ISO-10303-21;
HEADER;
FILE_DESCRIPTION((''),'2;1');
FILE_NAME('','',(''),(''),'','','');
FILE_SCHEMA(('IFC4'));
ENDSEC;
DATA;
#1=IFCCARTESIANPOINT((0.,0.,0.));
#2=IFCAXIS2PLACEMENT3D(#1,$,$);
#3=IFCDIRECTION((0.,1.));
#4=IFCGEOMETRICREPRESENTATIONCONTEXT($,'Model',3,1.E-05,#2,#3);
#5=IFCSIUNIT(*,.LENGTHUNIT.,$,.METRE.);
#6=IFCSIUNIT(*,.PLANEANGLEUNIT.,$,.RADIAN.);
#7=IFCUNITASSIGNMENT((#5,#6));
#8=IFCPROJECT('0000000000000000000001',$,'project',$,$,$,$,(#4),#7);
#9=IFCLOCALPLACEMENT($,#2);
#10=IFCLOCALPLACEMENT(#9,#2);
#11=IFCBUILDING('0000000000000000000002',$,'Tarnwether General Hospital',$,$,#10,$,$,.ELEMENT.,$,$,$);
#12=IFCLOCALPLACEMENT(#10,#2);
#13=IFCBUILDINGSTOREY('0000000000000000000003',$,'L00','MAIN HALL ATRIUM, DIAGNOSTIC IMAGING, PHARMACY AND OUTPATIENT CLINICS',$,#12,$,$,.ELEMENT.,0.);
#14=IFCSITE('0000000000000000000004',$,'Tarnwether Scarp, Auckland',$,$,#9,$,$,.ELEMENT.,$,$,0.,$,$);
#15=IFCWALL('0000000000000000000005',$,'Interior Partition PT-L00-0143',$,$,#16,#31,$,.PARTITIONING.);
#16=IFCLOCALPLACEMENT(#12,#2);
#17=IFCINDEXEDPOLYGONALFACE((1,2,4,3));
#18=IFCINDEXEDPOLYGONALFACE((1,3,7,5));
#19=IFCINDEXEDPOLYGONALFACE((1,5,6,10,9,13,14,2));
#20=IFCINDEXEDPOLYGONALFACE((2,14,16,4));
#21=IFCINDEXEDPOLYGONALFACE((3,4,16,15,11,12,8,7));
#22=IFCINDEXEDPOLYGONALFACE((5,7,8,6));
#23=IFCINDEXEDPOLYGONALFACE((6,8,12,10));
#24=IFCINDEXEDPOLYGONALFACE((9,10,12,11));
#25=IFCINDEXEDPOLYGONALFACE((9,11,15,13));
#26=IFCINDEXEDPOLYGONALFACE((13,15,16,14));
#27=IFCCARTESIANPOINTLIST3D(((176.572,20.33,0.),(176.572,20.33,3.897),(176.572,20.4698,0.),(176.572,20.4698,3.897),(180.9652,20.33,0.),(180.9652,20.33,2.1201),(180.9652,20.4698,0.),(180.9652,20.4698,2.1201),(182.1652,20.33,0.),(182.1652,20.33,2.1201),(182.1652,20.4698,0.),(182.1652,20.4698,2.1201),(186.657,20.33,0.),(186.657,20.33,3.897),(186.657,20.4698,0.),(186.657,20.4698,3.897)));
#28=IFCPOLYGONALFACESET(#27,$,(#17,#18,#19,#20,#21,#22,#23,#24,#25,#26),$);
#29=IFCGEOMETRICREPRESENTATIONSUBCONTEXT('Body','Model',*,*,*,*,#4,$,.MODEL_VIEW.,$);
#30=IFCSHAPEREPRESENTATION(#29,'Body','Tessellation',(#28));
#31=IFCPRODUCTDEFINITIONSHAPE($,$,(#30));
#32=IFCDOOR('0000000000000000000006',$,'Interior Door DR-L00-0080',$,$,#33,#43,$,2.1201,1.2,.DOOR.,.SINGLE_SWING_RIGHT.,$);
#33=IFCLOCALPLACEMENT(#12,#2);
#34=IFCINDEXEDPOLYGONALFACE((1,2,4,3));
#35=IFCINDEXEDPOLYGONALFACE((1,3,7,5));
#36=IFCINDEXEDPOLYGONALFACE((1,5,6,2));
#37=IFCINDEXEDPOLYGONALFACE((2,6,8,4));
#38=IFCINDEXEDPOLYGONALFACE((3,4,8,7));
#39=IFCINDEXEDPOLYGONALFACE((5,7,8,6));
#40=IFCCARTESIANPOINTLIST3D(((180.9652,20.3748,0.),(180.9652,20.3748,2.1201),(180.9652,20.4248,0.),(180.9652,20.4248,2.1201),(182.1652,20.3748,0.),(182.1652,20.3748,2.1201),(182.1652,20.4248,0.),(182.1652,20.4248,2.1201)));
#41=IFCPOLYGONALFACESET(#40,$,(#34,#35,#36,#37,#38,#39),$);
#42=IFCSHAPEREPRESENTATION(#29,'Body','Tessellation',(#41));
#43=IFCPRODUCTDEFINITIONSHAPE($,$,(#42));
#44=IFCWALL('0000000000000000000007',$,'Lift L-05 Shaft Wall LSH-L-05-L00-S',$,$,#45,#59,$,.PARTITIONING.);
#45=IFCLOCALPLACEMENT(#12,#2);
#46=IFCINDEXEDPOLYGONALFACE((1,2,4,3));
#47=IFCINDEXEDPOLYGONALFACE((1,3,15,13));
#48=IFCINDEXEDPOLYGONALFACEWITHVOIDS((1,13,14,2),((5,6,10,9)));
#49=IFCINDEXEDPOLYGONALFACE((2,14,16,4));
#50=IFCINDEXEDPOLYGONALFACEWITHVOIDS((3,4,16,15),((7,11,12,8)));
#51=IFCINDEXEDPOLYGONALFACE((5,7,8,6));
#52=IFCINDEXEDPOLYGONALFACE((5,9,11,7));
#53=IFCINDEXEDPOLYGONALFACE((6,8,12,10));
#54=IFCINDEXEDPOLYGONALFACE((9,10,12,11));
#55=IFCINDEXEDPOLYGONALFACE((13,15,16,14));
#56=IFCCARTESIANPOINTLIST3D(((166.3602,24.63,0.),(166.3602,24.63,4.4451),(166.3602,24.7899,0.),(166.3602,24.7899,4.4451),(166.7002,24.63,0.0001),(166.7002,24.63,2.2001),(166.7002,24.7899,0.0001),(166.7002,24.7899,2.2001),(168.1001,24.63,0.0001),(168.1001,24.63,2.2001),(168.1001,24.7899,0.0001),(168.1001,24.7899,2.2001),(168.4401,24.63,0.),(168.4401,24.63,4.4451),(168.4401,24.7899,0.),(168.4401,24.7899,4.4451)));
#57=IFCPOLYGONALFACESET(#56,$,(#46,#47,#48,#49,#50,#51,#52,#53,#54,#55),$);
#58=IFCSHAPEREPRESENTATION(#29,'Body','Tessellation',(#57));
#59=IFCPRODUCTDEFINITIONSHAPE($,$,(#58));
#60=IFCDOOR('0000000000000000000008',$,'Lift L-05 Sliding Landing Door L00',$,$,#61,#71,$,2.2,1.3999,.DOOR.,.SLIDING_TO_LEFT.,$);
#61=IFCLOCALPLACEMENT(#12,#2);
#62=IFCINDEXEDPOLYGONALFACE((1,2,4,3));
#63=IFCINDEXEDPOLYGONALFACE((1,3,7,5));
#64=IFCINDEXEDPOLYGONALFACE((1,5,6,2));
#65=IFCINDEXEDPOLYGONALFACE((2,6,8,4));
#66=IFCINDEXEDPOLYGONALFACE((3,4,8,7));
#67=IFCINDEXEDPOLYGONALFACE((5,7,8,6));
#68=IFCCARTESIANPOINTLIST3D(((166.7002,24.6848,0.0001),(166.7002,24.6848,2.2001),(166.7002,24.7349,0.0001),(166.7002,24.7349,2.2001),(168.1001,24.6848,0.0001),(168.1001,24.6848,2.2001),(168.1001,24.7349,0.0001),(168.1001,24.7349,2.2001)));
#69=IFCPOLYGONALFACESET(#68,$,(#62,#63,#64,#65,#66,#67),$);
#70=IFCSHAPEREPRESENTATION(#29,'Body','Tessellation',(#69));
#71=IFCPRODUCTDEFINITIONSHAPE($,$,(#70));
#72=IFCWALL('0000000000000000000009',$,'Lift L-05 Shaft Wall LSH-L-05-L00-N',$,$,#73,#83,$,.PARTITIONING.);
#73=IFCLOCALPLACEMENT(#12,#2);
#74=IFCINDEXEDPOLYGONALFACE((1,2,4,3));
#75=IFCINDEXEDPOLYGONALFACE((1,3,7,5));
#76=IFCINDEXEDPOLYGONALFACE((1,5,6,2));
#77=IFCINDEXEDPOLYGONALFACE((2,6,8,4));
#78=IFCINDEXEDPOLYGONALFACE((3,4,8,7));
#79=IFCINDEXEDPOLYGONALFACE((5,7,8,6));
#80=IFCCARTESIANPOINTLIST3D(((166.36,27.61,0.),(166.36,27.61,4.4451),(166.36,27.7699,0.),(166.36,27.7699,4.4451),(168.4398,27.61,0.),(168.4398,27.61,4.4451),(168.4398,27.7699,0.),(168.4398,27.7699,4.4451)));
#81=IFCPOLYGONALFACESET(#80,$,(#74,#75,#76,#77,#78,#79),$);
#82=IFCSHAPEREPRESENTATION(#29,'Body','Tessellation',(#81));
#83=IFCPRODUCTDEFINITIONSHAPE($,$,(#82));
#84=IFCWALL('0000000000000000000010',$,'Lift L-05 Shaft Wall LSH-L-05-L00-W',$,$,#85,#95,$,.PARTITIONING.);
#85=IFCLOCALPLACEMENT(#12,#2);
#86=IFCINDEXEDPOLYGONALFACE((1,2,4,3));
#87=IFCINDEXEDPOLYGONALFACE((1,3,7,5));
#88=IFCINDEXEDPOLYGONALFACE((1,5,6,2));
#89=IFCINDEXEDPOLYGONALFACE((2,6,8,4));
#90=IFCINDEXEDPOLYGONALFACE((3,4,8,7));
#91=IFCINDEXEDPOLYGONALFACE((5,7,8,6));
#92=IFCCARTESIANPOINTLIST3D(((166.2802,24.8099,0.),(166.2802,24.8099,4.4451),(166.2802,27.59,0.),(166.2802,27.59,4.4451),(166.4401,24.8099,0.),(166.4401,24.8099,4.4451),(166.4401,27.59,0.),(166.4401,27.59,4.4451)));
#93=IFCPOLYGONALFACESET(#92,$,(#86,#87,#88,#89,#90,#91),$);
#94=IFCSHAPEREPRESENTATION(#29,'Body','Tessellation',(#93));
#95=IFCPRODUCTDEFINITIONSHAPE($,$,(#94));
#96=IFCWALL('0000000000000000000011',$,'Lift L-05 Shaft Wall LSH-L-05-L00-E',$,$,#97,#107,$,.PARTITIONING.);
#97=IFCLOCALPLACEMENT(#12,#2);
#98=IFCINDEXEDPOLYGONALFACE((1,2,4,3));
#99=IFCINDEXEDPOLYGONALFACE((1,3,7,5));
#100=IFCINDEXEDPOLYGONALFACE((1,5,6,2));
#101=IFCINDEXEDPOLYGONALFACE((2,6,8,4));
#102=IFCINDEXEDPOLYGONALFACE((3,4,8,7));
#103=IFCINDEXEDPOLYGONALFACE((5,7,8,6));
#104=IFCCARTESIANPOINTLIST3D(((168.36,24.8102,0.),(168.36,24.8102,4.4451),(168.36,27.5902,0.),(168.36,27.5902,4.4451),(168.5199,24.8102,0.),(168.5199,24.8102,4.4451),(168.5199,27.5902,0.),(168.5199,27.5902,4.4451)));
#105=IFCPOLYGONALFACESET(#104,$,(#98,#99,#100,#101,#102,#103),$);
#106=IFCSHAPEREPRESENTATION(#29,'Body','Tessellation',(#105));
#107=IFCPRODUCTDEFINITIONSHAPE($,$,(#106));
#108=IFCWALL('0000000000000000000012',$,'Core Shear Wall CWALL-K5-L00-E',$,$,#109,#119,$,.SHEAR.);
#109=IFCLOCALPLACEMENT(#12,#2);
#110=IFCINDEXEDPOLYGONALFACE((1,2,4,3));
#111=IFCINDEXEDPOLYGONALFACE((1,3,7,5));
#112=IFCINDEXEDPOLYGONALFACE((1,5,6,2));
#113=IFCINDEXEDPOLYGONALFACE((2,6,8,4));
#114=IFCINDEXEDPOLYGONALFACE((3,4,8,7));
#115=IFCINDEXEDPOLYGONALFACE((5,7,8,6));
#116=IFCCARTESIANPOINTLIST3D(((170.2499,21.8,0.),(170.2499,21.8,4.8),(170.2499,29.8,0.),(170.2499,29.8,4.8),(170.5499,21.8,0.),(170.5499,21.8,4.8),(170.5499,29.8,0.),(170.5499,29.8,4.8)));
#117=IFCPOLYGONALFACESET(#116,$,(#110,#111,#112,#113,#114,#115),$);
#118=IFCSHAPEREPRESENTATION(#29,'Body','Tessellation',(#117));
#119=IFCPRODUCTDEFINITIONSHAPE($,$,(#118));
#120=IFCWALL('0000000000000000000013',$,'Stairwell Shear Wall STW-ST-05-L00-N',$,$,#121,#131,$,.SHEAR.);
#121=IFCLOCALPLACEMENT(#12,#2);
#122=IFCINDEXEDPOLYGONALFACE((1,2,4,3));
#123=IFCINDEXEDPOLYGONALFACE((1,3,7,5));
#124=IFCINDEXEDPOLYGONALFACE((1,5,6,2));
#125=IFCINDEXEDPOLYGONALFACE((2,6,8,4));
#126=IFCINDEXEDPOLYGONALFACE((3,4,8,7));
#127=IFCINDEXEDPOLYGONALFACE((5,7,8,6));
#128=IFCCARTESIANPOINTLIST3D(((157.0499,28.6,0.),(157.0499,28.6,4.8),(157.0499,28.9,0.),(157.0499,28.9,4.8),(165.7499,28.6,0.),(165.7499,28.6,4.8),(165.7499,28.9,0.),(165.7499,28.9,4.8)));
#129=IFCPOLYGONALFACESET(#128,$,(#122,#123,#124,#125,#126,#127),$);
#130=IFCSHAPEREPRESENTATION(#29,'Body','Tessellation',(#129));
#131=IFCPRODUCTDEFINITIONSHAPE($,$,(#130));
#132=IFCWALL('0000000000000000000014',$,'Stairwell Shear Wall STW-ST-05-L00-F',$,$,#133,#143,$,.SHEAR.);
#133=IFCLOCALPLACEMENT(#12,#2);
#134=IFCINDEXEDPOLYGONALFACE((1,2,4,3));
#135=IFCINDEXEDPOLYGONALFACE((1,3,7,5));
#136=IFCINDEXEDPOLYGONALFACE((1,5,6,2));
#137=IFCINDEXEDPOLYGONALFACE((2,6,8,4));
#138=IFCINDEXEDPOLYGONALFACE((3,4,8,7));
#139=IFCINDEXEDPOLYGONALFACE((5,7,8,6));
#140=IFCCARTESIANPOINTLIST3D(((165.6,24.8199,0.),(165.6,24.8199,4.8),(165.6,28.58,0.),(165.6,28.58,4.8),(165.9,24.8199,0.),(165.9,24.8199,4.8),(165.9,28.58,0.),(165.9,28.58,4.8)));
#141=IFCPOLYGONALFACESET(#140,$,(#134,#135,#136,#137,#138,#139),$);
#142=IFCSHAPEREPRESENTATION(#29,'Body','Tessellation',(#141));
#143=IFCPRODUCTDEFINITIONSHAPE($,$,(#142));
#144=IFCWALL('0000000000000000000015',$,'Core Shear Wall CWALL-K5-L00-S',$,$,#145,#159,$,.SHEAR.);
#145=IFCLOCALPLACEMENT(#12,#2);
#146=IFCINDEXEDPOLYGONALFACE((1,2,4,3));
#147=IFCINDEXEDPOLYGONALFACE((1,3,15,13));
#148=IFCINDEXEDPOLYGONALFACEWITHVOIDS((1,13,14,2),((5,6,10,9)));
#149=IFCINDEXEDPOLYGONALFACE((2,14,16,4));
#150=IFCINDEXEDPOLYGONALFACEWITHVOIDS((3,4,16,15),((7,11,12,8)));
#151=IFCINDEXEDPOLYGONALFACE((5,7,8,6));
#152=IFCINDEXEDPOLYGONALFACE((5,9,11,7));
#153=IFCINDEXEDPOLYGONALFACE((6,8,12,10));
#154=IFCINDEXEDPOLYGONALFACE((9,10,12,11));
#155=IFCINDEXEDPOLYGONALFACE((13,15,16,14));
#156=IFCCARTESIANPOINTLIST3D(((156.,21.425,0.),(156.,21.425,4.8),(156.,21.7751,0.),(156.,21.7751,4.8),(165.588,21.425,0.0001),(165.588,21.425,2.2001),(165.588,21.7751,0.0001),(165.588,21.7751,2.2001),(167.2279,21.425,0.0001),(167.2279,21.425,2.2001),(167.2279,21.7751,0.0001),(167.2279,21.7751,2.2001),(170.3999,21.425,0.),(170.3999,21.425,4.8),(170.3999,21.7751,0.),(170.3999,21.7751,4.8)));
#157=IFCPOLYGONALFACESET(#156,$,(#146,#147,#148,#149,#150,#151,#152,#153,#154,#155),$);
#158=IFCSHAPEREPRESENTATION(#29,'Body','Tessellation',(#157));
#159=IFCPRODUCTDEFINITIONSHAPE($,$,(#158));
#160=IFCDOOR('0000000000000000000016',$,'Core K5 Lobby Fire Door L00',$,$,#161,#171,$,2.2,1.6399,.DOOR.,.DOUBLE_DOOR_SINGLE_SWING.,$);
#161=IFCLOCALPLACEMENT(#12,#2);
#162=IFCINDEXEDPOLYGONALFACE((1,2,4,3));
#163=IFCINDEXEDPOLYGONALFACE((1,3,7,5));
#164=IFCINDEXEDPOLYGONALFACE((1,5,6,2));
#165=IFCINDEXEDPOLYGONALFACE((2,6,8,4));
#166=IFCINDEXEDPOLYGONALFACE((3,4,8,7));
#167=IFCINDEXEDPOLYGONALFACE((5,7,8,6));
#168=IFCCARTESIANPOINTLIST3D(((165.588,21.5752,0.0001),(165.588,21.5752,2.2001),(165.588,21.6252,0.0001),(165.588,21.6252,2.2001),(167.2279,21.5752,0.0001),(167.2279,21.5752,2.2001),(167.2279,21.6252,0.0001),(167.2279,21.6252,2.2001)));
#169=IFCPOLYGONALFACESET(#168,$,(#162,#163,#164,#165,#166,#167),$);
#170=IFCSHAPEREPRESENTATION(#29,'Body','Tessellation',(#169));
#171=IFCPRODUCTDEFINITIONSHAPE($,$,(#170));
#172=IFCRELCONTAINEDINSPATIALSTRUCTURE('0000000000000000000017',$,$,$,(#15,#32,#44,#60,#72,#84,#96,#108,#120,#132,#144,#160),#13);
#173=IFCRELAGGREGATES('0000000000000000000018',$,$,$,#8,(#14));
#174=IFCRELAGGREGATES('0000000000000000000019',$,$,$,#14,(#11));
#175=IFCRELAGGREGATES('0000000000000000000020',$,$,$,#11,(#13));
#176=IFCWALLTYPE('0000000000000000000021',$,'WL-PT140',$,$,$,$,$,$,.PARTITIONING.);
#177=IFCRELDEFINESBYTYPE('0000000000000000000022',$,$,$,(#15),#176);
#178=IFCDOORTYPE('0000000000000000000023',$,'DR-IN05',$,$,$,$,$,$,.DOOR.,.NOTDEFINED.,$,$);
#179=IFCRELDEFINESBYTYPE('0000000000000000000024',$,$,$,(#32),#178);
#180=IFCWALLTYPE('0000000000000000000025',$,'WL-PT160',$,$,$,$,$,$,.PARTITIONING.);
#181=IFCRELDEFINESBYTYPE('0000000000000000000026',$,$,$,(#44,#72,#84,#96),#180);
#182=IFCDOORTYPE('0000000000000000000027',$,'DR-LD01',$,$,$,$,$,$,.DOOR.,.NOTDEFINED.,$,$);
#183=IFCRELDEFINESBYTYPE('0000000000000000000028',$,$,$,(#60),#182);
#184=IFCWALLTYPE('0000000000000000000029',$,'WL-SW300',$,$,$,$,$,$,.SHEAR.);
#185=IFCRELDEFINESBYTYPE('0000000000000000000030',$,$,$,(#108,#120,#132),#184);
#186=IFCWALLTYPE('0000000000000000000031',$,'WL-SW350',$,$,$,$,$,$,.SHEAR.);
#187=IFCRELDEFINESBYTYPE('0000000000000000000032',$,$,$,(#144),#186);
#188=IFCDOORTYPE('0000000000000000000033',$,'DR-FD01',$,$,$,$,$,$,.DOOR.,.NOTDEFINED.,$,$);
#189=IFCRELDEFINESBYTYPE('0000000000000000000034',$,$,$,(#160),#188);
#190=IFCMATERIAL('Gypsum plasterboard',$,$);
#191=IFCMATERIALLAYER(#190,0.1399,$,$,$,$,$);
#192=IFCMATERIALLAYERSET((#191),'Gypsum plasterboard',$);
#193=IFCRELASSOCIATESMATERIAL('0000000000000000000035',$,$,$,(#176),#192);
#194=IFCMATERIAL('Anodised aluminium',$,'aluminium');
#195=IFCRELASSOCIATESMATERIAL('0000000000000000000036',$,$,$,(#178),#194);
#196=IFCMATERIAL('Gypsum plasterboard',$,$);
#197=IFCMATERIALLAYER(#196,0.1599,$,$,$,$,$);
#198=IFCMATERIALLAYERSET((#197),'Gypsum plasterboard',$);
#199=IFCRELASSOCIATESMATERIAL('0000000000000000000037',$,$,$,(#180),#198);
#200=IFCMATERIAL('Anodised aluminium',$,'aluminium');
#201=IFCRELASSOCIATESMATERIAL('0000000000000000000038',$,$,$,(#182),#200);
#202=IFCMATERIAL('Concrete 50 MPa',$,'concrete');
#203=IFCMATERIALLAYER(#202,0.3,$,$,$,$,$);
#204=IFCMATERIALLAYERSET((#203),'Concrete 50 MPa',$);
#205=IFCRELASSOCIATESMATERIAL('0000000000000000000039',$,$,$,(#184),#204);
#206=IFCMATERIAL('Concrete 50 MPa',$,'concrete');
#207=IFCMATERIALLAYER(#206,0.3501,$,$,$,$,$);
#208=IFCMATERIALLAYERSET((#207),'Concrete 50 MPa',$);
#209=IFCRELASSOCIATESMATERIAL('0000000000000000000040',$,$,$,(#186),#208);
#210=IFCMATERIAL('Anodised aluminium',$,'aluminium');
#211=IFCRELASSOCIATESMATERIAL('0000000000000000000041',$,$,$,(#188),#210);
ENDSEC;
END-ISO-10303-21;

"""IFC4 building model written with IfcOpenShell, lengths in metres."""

from ifc_helpers import new_model, si_unit, direction, frame, frame_2d, origin, place, context, subcontext, project, spatial, rectangle, extrude, material, layer, layer_set, type_object, element, fill, save


model = new_model("IFC4")

# Units and contexts
model_context = context("Model", 3, precision=1e-05, world=origin(), true_north=direction((0.0, 1.0)))
body_context = subcontext(model_context, "Body", "Model", "MODEL_VIEW")
ifc_project = project(units=[si_unit("LENGTHUNIT", "METRE"), si_unit("PLANEANGLEUNIT", "RADIAN")], contexts=[model_context])

# Site, building, storey
site_placement = place(None, origin())
site = spatial("IfcSite", under=ifc_project, at=site_placement, Name="Tarnwether Scarp, Auckland", CompositionType="ELEMENT", RefElevation=0.0)
building_placement = place(site_placement, origin())
building = spatial("IfcBuilding", under=site, at=building_placement, Name="Tarnwether General Hospital", CompositionType="ELEMENT")
storey_placement = place(building_placement, origin())
storey = spatial("IfcBuildingStorey", under=building, at=storey_placement, Name="L00", Description="MAIN HALL ATRIUM, DIAGNOSTIC IMAGING, PHARMACY AND OUTPATIENT CLINICS", CompositionType="ELEMENT", Elevation=0.0)

# Shared definitions
ifc_material_1 = material(Name="Gypsum plasterboard")
ifc_layer_1 = layer(ifc_material_1, 0.1399)
ifc_layer_set_1 = layer_set([ifc_layer_1], Name="Gypsum plasterboard")
wall_type_1 = type_object("IfcWallType", Name="WL-PT140", PredefinedType="PARTITIONING", material=ifc_layer_set_1)

# Walls, openings, doors
wall_1_placement = place(storey_placement, frame((176.572, 20.3999, 0.0), z_axis=(0.0, 0.0, 1.0), x_axis=(1.0, 0.0, 0.0)))
wall_1 = element("IfcWall", 1, at=wall_1_placement, inside=storey, type_object=wall_type_1, Name="Interior Partition PT-L00-0143", PredefinedType="PARTITIONING", context=body_context, shape_type="SweptSolid", body=[
    extrude(rectangle(XDim=10.085, YDim=0.1399, at=frame_2d((5.0425, 0.0))), origin(), (0.0, 0.0, 1.0), 3.897),
])
opening_1_placement = place(wall_1_placement, frame((4.3931, 0.0, 0.0)))
opening_1 = element("IfcOpeningElement", 2, at=opening_1_placement, cuts=wall_1, PredefinedType="OPENING", context=body_context, shape_type="SweptSolid", body=[
    extrude(rectangle(XDim=1.2, YDim=2.1201, at=frame_2d((0.6001, 1.0601))), frame((0.0, 0.0801, 0.0), z_axis=(0.0, -1.0, 0.0), x_axis=(1.0, 0.0, 0.0)), (0.0, 0.0, 1.0), 0.1599),
])
ifc_material_2 = material(Name="Anodised aluminium", Category="aluminium")
door_type_1 = type_object("IfcDoorType", Name="DR-IN05", OperationType="NOTDEFINED", PredefinedType="DOOR", material=ifc_material_2)
door_1_placement = place(opening_1_placement, origin())
door_1 = element("IfcDoor", 3, at=door_1_placement, inside=storey, type_object=door_type_1, Name="Interior Door DR-L00-0080", OperationType="SINGLE_SWING_RIGHT", OverallHeight=2.1201, OverallWidth=1.2, PredefinedType="DOOR", context=body_context, shape_type="SweptSolid", body=[
    extrude(rectangle(XDim=1.2, YDim=2.1201, at=frame_2d((0.6001, 1.0601))), frame((0.0, 0.0249, 0.0), z_axis=(0.0, -1.0, 0.0), x_axis=(1.0, 0.0, 0.0)), (0.0, 0.0, 1.0), 0.05),
])
fill(opening_1, door_1)
ifc_material_3 = material(Name="Gypsum plasterboard")
ifc_layer_2 = layer(ifc_material_3, 0.1599)
ifc_layer_set_2 = layer_set([ifc_layer_2], Name="Gypsum plasterboard")
wall_type_2 = type_object("IfcWallType", Name="WL-PT160", PredefinedType="PARTITIONING", material=ifc_layer_set_2)
wall_2_placement = place(storey_placement, frame((166.3601, 24.71, 0.0), z_axis=(0.0, 0.0, 1.0), x_axis=(1.0, 0.0, 0.0)))
wall_2 = element("IfcWall", 4, at=wall_2_placement, inside=storey, type_object=wall_type_2, Name="Lift L-05 Shaft Wall LSH-L-05-L00-S", PredefinedType="PARTITIONING", context=body_context, shape_type="SweptSolid", body=[
    extrude(rectangle(XDim=2.0798, YDim=0.1599, at=frame_2d((1.04, 0.0))), origin(), (0.0, 0.0, 1.0), 4.4451),
])
opening_2_placement = place(wall_2_placement, frame((0.3401, 0.0, 0.0)))
opening_2 = element("IfcOpeningElement", 5, at=opening_2_placement, cuts=wall_2, PredefinedType="OPENING", context=body_context, shape_type="SweptSolid", body=[
    extrude(rectangle(XDim=1.3999, YDim=2.2, at=frame_2d((0.7, 1.1001))), frame((0.0, 0.0898, 0.0), z_axis=(0.0, -1.0, 0.0), x_axis=(1.0, 0.0, 0.0)), (0.0, 0.0, 1.0), 0.1799),
])
ifc_material_4 = material(Name="Anodised aluminium", Category="aluminium")
door_type_2 = type_object("IfcDoorType", Name="DR-LD01", OperationType="NOTDEFINED", PredefinedType="DOOR", material=ifc_material_4)
door_2_placement = place(opening_2_placement, origin())
door_2 = element("IfcDoor", 6, at=door_2_placement, inside=storey, type_object=door_type_2, Name="Lift L-05 Sliding Landing Door L00", OperationType="SLIDING_TO_LEFT", OverallHeight=2.2, OverallWidth=1.3999, PredefinedType="DOOR", context=body_context, shape_type="SweptSolid", body=[
    extrude(rectangle(XDim=1.3999, YDim=2.2, at=frame_2d((0.7, 1.1001))), frame((0.0, 0.0249, 0.0), z_axis=(0.0, -1.0, 0.0), x_axis=(1.0, 0.0, 0.0)), (0.0, 0.0, 1.0), 0.05),
])
fill(opening_2, door_2)

# Walls
wall_3_placement = place(storey_placement, frame((168.4399, 27.6899, 0.0), z_axis=(0.0, 0.0, 1.0), x_axis=(-1.0, 0.0, 0.0)))
element("IfcWall", 7, at=wall_3_placement, inside=storey, type_object=wall_type_2, Name="Lift L-05 Shaft Wall LSH-L-05-L00-N", PredefinedType="PARTITIONING", context=body_context, shape_type="SweptSolid", body=[
    extrude(rectangle(XDim=2.0798, YDim=0.1599, at=frame_2d((1.04, 0.0))), origin(), (0.0, 0.0, 1.0), 4.4451),
])
for number, where, z_axis, x_axis, name in (
    (8, (166.3601, 27.5901, 0.0), (0.0, 0.0, 1.0), (0.0, -1.0, 0.0), "Lift L-05 Shaft Wall LSH-L-05-L00-W"),
    (9, (168.4399, 24.8101, 0.0), (0.0, 0.0, 1.0), (0.0, 1.0, 0.0), "Lift L-05 Shaft Wall LSH-L-05-L00-E"),
):
    element("IfcWall", number, at=place(storey_placement, frame(where, z_axis=z_axis, x_axis=x_axis)), inside=storey, type_object=wall_type_2, Name=name, PredefinedType="PARTITIONING", context=body_context, shape_type="SweptSolid", body=[
        extrude(rectangle(XDim=2.78, YDim=0.1599, at=frame_2d((1.3901, 0.0))), origin(), (0.0, 0.0, 1.0), 4.4451),
    ])
ifc_material_5 = material(Name="Concrete 50 MPa", Category="concrete")
ifc_layer_3 = layer(ifc_material_5, 0.3)
ifc_layer_set_3 = layer_set([ifc_layer_3], Name="Concrete 50 MPa")
wall_type_3 = type_object("IfcWallType", Name="WL-SW300", PredefinedType="SHEAR", material=ifc_layer_set_3)
wall_4_placement = place(storey_placement, frame((170.3999, 29.8, 0.0), z_axis=(0.0, 0.0, 1.0), x_axis=(0.0, -1.0, 0.0)))
element("IfcWall", 10, at=wall_4_placement, inside=storey, type_object=wall_type_3, Name="Core Shear Wall CWALL-K5-L00-E", PredefinedType="SHEAR", context=body_context, shape_type="SweptSolid", body=[
    extrude(rectangle(XDim=8.0, YDim=0.3, at=frame_2d((4.0, 0.0))), origin(), (0.0, 0.0, 1.0), 4.8),
])
wall_5_placement = place(storey_placement, frame((165.75, 28.75, 0.0), z_axis=(0.0, 0.0, 1.0), x_axis=(-1.0, 0.0, 0.0)))
element("IfcWall", 11, at=wall_5_placement, inside=storey, type_object=wall_type_3, Name="Stairwell Shear Wall STW-ST-05-L00-N", PredefinedType="SHEAR", context=body_context, shape_type="SweptSolid", body=[
    extrude(rectangle(XDim=8.7, YDim=0.3, at=frame_2d((4.3501, 0.0))), origin(), (0.0, 0.0, 1.0), 4.8),
])
wall_6_placement = place(storey_placement, frame((165.75, 24.8201, 0.0), z_axis=(0.0, 0.0, 1.0), x_axis=(0.0, 1.0, 0.0)))
element("IfcWall", 12, at=wall_6_placement, inside=storey, type_object=wall_type_3, Name="Stairwell Shear Wall STW-ST-05-L00-F", PredefinedType="SHEAR", context=body_context, shape_type="SweptSolid", body=[
    extrude(rectangle(XDim=3.76, YDim=0.3, at=frame_2d((1.8799, 0.0))), origin(), (0.0, 0.0, 1.0), 4.8),
])

# Wall, opening, door
ifc_material_6 = material(Name="Concrete 50 MPa", Category="concrete")
ifc_layer_4 = layer(ifc_material_6, 0.3501)
ifc_layer_set_4 = layer_set([ifc_layer_4], Name="Concrete 50 MPa")
wall_type_4 = type_object("IfcWallType", Name="WL-SW350", PredefinedType="SHEAR", material=ifc_layer_set_4)
wall_7_placement = place(storey_placement, frame((170.3999, 21.6001, 0.0), z_axis=(0.0, 0.0, 1.0), x_axis=(-1.0, 0.0, 0.0)))
wall_7 = element("IfcWall", 13, at=wall_7_placement, inside=storey, type_object=wall_type_4, Name="Core Shear Wall CWALL-K5-L00-S", PredefinedType="SHEAR", context=body_context, shape_type="SweptSolid", body=[
    extrude(rectangle(XDim=14.3999, YDim=0.3501, at=frame_2d((7.2, 0.0))), origin(), (0.0, 0.0, 1.0), 4.8),
])
opening_3_placement = place(wall_7_placement, frame((3.1721, 0.0, 0.0)))
opening_3 = element("IfcOpeningElement", 14, at=opening_3_placement, cuts=wall_7, PredefinedType="OPENING", context=body_context, shape_type="SweptSolid", body=[
    extrude(rectangle(XDim=1.6399, YDim=2.2, at=frame_2d((0.8198, 1.1001))), frame((0.0, 0.1851, 0.0), z_axis=(0.0, -1.0, 0.0), x_axis=(1.0, 0.0, 0.0)), (0.0, 0.0, 1.0), 0.3701),
])
ifc_material_7 = material(Name="Anodised aluminium", Category="aluminium")
door_type_3 = type_object("IfcDoorType", Name="DR-FD01", OperationType="NOTDEFINED", PredefinedType="DOOR", material=ifc_material_7)
door_3_placement = place(opening_3_placement, origin())
door_3 = element("IfcDoor", 15, at=door_3_placement, inside=storey, type_object=door_type_3, Name="Core K5 Lobby Fire Door L00", OperationType="DOUBLE_DOOR_SINGLE_SWING", OverallHeight=2.2, OverallWidth=1.6399, PredefinedType="DOOR", context=body_context, shape_type="SweptSolid", body=[
    extrude(rectangle(XDim=1.6399, YDim=2.2, at=frame_2d((0.8198, 1.1001))), frame((0.0, 0.0249, 0.0), z_axis=(0.0, -1.0, 0.0), x_axis=(1.0, 0.0, 0.0)), (0.0, 0.0, 1.0), 0.05),
])
fill(opening_3, door_3)

save(model, "model.ifc")
